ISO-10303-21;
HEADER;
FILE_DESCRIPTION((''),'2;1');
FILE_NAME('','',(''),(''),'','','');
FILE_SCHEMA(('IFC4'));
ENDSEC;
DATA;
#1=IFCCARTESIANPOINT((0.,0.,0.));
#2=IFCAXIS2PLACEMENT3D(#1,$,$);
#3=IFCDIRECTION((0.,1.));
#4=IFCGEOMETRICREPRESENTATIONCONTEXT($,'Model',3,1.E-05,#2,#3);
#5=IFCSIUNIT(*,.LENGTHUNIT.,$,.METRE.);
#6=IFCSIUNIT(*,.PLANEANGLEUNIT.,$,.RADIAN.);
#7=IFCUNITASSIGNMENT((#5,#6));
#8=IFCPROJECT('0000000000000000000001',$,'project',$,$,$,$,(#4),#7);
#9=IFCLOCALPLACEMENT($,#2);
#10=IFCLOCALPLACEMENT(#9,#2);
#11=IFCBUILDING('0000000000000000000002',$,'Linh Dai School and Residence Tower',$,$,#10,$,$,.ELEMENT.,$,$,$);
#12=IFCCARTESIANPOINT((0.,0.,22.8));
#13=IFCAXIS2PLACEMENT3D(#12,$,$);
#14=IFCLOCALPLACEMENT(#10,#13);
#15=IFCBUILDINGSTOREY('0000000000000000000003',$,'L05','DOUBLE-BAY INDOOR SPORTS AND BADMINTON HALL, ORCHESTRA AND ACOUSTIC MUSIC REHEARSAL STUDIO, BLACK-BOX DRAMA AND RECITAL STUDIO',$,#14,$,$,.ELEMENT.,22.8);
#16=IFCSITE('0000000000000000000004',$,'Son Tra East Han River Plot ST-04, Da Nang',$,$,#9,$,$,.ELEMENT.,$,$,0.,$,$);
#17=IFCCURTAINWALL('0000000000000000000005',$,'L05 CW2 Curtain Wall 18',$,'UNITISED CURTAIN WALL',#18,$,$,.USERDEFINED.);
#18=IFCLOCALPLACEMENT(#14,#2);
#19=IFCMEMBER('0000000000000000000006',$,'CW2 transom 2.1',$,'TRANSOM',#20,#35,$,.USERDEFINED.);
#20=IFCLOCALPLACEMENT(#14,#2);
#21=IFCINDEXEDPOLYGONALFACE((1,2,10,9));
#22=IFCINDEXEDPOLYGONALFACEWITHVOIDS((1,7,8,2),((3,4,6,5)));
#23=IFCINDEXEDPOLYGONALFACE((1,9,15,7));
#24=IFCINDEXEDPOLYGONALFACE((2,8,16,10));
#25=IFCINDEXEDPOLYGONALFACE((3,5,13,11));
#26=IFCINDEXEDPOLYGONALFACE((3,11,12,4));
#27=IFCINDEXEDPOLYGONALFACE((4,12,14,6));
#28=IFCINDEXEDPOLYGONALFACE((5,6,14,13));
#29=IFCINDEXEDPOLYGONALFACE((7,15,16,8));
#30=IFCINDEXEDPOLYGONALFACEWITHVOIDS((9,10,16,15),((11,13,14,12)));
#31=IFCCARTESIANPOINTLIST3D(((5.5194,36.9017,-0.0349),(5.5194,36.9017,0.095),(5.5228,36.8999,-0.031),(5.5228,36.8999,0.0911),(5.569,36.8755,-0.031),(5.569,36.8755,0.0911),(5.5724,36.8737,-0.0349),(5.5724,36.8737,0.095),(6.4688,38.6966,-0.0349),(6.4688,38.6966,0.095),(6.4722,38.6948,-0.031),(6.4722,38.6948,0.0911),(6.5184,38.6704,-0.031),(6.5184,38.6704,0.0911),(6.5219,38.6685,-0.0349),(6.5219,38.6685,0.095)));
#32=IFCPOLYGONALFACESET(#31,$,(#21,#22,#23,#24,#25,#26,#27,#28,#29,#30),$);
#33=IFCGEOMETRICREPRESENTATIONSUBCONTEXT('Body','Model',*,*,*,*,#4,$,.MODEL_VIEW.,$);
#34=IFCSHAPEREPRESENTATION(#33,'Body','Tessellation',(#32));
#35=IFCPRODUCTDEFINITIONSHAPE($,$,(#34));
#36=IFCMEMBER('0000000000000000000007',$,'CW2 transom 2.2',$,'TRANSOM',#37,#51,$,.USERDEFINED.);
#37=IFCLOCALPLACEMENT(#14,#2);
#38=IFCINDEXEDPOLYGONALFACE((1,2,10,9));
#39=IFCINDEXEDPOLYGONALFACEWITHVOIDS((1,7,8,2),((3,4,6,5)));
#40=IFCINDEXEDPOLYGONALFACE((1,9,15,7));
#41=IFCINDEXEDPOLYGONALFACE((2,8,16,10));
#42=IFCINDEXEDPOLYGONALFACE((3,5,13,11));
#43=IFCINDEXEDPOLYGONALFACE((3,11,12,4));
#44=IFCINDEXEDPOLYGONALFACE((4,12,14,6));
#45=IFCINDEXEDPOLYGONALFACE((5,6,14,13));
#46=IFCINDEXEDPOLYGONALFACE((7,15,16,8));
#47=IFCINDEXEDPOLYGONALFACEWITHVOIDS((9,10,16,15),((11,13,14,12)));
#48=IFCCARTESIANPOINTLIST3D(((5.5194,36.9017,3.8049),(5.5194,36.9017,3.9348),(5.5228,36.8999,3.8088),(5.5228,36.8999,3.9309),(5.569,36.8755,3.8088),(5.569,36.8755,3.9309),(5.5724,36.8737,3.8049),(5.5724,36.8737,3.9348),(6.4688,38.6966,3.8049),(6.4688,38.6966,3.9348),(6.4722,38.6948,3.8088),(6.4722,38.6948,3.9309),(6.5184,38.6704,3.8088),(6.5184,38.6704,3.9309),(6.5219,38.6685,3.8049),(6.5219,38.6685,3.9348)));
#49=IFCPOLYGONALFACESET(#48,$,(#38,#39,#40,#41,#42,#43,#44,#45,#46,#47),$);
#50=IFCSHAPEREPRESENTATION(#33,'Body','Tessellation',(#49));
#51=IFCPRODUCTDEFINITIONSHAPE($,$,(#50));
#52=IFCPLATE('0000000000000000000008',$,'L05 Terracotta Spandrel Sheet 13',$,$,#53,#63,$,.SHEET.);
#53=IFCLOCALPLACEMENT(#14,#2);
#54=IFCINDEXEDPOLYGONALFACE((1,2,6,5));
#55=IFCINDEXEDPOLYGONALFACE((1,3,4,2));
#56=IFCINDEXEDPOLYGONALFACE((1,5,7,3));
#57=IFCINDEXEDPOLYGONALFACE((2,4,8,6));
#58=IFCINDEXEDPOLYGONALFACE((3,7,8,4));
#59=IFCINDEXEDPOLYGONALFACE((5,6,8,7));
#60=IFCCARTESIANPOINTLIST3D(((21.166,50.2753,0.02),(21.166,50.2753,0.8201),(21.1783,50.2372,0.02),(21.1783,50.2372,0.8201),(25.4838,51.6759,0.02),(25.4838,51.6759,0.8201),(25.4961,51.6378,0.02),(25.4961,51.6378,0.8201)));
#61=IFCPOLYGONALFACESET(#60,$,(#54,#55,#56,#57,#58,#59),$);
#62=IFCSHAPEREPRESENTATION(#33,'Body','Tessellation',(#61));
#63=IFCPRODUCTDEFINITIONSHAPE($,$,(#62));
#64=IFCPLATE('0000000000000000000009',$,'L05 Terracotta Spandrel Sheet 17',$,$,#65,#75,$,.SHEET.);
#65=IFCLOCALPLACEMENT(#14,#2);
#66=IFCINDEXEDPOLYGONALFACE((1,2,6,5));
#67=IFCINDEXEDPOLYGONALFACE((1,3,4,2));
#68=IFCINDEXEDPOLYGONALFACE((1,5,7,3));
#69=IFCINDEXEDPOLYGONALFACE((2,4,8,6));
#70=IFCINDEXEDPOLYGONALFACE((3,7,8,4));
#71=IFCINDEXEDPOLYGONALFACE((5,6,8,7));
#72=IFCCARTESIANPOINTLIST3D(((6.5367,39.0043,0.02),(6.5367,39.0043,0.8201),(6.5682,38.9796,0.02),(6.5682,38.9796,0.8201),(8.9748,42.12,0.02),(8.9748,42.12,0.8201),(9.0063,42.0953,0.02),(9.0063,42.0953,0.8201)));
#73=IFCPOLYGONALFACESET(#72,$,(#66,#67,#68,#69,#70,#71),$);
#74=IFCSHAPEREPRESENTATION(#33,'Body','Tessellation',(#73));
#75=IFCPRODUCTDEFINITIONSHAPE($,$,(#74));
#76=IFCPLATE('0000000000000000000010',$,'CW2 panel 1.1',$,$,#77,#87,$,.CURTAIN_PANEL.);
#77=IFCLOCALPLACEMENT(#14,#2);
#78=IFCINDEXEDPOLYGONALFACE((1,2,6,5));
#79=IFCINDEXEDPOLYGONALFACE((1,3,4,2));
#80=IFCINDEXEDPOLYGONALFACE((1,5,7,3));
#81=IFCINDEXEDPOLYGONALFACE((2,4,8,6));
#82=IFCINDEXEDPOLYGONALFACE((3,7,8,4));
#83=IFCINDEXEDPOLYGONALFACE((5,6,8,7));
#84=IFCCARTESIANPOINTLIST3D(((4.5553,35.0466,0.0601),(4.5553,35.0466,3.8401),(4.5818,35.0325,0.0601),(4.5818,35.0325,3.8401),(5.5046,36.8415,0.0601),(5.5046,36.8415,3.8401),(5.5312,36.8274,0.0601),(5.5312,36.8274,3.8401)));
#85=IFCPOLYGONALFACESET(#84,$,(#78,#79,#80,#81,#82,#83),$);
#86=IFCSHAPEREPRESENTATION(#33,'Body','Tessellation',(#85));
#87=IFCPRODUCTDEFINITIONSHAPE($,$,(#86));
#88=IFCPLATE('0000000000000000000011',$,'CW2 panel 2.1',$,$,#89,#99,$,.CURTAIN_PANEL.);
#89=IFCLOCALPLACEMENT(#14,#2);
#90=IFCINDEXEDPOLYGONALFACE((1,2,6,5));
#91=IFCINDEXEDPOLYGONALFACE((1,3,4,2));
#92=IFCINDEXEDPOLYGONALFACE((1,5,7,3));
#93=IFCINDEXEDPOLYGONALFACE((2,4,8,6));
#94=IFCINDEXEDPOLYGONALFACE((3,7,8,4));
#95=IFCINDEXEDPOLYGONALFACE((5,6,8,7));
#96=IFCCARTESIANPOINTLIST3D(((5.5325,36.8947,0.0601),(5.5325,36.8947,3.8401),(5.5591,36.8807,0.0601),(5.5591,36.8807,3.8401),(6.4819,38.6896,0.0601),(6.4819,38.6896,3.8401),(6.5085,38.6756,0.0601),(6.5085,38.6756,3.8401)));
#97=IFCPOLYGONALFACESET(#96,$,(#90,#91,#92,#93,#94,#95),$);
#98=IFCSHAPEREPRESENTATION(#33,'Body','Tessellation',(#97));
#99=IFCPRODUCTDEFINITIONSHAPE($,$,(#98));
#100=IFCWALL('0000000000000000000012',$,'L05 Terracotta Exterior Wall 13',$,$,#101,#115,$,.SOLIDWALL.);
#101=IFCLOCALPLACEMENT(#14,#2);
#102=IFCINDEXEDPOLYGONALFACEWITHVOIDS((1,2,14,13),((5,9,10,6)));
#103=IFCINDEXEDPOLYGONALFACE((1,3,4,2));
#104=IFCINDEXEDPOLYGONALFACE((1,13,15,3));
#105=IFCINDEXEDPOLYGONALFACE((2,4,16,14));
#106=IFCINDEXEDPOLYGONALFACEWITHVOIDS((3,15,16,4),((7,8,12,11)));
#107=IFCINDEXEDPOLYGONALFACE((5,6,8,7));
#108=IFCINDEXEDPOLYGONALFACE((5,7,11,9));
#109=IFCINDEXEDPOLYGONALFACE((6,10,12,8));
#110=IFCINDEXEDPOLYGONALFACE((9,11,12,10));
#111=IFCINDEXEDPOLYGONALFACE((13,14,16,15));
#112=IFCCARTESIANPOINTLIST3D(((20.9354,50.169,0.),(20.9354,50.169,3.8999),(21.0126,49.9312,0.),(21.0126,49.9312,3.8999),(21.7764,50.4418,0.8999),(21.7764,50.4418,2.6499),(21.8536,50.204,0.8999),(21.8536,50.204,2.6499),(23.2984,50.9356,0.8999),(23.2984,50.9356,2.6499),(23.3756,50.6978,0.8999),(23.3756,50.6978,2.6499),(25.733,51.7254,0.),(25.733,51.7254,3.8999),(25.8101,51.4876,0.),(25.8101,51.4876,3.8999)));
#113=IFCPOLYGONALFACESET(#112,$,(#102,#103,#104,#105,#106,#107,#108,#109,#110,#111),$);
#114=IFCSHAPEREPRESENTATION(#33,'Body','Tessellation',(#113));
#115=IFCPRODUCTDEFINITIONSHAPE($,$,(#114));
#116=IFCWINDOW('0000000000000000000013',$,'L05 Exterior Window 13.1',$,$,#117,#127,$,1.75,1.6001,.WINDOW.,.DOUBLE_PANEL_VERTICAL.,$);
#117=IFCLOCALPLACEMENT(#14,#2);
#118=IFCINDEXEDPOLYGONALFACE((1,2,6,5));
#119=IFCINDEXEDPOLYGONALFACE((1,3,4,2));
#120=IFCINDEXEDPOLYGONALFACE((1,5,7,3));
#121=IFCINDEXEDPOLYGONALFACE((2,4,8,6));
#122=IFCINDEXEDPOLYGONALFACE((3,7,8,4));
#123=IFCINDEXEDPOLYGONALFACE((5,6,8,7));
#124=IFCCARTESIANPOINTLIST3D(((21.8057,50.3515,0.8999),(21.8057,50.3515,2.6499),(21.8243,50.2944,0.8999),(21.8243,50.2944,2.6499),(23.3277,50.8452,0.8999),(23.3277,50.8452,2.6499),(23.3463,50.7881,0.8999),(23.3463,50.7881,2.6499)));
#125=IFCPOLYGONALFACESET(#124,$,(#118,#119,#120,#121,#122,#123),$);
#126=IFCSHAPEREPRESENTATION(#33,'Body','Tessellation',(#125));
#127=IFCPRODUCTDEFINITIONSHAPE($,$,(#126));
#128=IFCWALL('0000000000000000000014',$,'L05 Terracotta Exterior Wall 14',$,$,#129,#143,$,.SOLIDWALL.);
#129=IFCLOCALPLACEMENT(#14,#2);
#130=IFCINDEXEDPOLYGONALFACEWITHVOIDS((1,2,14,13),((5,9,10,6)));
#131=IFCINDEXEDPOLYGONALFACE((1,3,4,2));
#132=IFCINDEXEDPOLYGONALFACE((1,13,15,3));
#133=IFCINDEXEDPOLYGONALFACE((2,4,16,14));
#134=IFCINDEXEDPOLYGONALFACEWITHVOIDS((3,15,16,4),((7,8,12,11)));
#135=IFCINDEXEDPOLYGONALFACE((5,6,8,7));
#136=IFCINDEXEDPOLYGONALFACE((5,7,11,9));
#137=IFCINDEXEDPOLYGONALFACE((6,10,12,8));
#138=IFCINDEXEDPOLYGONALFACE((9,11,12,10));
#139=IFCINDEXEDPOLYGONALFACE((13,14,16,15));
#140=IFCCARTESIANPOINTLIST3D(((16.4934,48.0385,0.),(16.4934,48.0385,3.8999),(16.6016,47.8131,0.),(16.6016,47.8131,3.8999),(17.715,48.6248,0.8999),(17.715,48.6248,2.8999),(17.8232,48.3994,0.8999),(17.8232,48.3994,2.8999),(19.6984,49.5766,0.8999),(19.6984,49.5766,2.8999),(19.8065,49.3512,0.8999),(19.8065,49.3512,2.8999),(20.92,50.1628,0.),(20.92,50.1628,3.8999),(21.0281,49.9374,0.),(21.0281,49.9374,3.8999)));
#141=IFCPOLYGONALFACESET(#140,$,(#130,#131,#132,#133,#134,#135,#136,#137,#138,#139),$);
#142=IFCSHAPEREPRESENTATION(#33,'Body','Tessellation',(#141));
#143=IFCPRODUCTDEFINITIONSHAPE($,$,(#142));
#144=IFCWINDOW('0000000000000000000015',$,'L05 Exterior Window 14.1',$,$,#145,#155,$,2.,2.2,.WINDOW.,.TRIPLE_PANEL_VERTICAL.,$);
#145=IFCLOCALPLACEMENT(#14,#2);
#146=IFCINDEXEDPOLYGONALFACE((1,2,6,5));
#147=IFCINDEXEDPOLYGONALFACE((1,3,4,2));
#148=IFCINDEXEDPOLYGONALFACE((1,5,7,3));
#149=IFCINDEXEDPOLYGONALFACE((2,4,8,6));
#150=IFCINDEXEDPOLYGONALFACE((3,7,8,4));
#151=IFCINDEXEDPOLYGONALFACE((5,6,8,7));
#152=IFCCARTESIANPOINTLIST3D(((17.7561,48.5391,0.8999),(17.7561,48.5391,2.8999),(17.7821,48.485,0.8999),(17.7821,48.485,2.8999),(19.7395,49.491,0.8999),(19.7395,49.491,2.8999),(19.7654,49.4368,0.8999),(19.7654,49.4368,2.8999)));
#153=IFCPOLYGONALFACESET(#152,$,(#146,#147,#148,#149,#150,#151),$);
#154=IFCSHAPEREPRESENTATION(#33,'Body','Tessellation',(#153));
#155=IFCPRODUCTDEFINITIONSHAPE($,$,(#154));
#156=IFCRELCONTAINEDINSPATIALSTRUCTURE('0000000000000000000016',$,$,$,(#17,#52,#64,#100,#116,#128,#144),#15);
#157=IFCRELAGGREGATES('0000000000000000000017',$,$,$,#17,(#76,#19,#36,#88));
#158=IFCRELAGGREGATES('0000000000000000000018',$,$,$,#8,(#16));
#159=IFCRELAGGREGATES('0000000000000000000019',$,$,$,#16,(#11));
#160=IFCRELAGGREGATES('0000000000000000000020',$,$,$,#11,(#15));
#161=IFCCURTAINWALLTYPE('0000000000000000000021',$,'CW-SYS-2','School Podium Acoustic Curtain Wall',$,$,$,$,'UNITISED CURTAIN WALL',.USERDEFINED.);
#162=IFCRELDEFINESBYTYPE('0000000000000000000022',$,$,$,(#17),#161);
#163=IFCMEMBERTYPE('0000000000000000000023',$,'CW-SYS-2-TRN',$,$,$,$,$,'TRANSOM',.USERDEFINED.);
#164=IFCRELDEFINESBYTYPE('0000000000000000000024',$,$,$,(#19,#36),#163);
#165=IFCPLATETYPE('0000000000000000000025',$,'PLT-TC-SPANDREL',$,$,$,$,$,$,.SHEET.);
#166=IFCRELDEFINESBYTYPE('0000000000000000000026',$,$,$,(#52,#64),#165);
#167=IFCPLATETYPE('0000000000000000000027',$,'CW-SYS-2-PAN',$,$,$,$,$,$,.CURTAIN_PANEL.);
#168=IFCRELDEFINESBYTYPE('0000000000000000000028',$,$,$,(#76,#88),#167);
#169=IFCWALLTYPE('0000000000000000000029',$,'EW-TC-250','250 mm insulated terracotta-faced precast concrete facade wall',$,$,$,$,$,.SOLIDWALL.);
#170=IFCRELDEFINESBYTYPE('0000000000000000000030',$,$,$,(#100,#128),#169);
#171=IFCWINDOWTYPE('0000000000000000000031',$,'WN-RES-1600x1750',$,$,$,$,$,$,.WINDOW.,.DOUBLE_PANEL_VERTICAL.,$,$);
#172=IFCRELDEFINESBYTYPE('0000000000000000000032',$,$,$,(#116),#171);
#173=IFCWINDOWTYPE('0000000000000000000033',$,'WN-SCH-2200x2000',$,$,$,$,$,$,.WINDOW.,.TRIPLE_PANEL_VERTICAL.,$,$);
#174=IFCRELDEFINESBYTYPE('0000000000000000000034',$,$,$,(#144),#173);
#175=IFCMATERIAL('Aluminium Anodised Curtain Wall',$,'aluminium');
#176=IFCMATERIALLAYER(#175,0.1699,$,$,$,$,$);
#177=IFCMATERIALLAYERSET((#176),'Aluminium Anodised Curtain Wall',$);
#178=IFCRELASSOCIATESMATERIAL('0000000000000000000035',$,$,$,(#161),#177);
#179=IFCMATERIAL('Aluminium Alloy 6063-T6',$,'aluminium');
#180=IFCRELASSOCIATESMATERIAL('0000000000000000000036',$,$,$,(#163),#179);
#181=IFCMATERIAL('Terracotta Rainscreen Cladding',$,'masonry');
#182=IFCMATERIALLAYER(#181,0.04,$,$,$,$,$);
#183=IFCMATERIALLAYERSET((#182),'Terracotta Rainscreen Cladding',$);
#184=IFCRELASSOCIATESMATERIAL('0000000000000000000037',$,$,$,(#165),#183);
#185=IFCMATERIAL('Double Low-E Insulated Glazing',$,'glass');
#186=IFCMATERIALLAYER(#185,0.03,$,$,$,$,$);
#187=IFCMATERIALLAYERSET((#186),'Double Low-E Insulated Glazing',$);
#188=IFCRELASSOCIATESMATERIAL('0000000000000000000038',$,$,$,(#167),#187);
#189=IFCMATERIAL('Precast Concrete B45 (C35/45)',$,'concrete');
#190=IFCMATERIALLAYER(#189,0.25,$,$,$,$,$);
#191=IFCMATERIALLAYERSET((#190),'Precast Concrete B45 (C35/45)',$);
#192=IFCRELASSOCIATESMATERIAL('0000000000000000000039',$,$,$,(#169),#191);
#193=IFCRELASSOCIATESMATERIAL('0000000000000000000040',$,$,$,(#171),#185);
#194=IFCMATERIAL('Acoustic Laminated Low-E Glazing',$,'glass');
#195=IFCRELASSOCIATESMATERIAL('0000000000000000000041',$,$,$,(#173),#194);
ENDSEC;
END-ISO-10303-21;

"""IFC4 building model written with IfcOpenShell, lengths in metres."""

from ifc_helpers import new_model, si_unit, direction, frame, frame_2d, origin, origin_2d, place, context, subcontext, project, spatial, rectangle, hollow_rectangle, extrude, source, transform, mapped, material, layer, layer_set, material_profile, profile_set, type_object, element, fill, aggregate, save


model = new_model("IFC4")

# Units and contexts
model_context = context("Model", 3, precision=1e-05, world=origin(), true_north=direction((0.0, 1.0)))
body_context = subcontext(model_context, "Body", "Model", "MODEL_VIEW")
ifc_project = project(units=[si_unit("LENGTHUNIT", "METRE"), si_unit("PLANEANGLEUNIT", "RADIAN")], contexts=[model_context])

# Site, building, storey
site_placement = place(None, origin())
site = spatial("IfcSite", under=ifc_project, at=site_placement, Name="Son Tra East Han River Plot ST-04, Da Nang", CompositionType="ELEMENT", RefElevation=0.0)
building_placement = place(site_placement, origin())
building = spatial("IfcBuilding", under=site, at=building_placement, Name="Linh Dai School and Residence Tower", CompositionType="ELEMENT")
storey_placement = place(building_placement, frame((0.0, 0.0, 22.8)))
storey = spatial("IfcBuildingStorey", under=building, at=storey_placement, Name="L05", Description="DOUBLE-BAY INDOOR SPORTS AND BADMINTON HALL, ORCHESTRA AND ACOUSTIC MUSIC REHEARSAL STUDIO, BLACK-BOX DRAMA AND RECITAL STUDIO", CompositionType="ELEMENT", Elevation=22.8)

# Curtain wall, members
ifc_material_1 = material(Name="Aluminium Anodised Curtain Wall", Category="aluminium")
ifc_layer_1 = layer(ifc_material_1, 0.1699)
ifc_layer_set_1 = layer_set([ifc_layer_1], Name="Aluminium Anodised Curtain Wall")
curtain_wall_type = type_object("IfcCurtainWallType", Name="CW-SYS-2", Description="School Podium Acoustic Curtain Wall", ElementType="UNITISED CURTAIN WALL", PredefinedType="USERDEFINED", material=ifc_layer_set_1)
curtain_wall_placement = place(storey_placement, origin())
curtain_wall = element("IfcCurtainWall", 1, at=curtain_wall_placement, inside=storey, type_object=curtain_wall_type, Name="L05 CW2 Curtain Wall 18", ObjectType="UNITISED CURTAIN WALL", PredefinedType="USERDEFINED")
ifc_material_2 = material(Name="Aluminium Alloy 6063-T6", Category="aluminium")
ifc_material_profile_1 = material_profile(ifc_material_2, hollow_rectangle(XDim=0.0601, YDim=0.1299, WallThickness=0.0039, at=origin_2d()), Name="RHS 130x60x4")
ifc_profile_set_1 = profile_set([ifc_material_profile_1], Name="Aluminium Alloy 6063-T6")
member_type_1 = type_object("IfcMemberType", Name="CW-SYS-2-TRN", ElementType="TRANSOM", PredefinedType="USERDEFINED", material=ifc_profile_set_1)
shared_shape_1 = source(origin(), body_context, "Body", "SweptSolid", [
    extrude(hollow_rectangle(XDim=0.0601, YDim=0.1299, WallThickness=0.0039, at=origin_2d()), origin(), (0.0, 0.0, 1.0), 2.0305),
])
member_1_placement = place(storey_placement, frame((5.5459, 36.8877, 0.03), z_axis=(0.467584, 0.883949, 0.0), x_axis=(-0.883949, 0.467584, 0.0)))
member_1 = element("IfcMember", 2, at=member_1_placement, type_object=member_type_1, Name="CW2 transom 2.1", ObjectType="TRANSOM", PredefinedType="USERDEFINED", context=body_context, shape_type="MappedRepresentation", body=[
    mapped(shared_shape_1, transform((0.0, 0.0, 0.0), x_axis=(1.0, 0.0, 0.0), y_axis=(0.0, 1.0, 0.0), z_axis=(0.0, 0.0, 1.0), scale=1.0)),
])
member_2_placement = place(storey_placement, frame((5.5459, 36.8877, 3.8699), z_axis=(0.467584, 0.883949, 0.0), x_axis=(-0.883949, 0.467584, 0.0)))
member_2 = element("IfcMember", 3, at=member_2_placement, type_object=member_type_1, Name="CW2 transom 2.2", ObjectType="TRANSOM", PredefinedType="USERDEFINED", context=body_context, shape_type="MappedRepresentation", body=[
    mapped(shared_shape_1, transform((0.0, 0.0, 0.0), x_axis=(1.0, 0.0, 0.0), y_axis=(0.0, 1.0, 0.0), z_axis=(0.0, 0.0, 1.0), scale=1.0)),
])

# Plates
ifc_material_3 = material(Name="Terracotta Rainscreen Cladding", Category="masonry")
ifc_layer_2 = layer(ifc_material_3, 0.04)
ifc_layer_set_2 = layer_set([ifc_layer_2], Name="Terracotta Rainscreen Cladding")
plate_type_1 = type_object("IfcPlateType", Name="PLT-TC-SPANDREL", PredefinedType="SHEET", material=ifc_layer_set_2)
shared_shape_2 = source(origin(), body_context, "Body", "SweptSolid", [
    extrude(rectangle(XDim=4.5393, YDim=0.04, at=origin_2d()), origin(), (0.0, 0.0, 1.0), 0.8),
])
plate_1_placement = place(storey_placement, frame((23.3311, 50.9565, 0.02), z_axis=(0.0, 0.0, 1.0), x_axis=(0.951207, 0.308554, 0.0)))
element("IfcPlate", 4, at=plate_1_placement, inside=storey, type_object=plate_type_1, Name="L05 Terracotta Spandrel Sheet 13", PredefinedType="SHEET", context=body_context, shape_type="MappedRepresentation", body=[
    mapped(shared_shape_2, transform((0.0, 0.0, 0.0), x_axis=(1.0, 0.0, 0.0), y_axis=(0.0, 1.0, 0.0), z_axis=(0.0, 0.0, 1.0), scale=1.0)),
])
shared_shape_3 = source(origin(), body_context, "Body", "SweptSolid", [
    extrude(rectangle(XDim=3.9563, YDim=0.04, at=origin_2d()), origin(), (0.0, 0.0, 1.0), 0.8),
])
plate_2_placement = place(storey_placement, frame((7.7715, 40.5498, 0.02), z_axis=(0.0, 0.0, 1.0), x_axis=(0.61626, 0.787543, 0.0)))
element("IfcPlate", 5, at=plate_2_placement, inside=storey, type_object=plate_type_1, Name="L05 Terracotta Spandrel Sheet 17", PredefinedType="SHEET", context=body_context, shape_type="MappedRepresentation", body=[
    mapped(shared_shape_3, transform((0.0, 0.0, 0.0), x_axis=(1.0, 0.0, 0.0), y_axis=(0.0, 1.0, 0.0), z_axis=(0.0, 0.0, 1.0), scale=1.0)),
])

# Plates
ifc_material_4 = material(Name="Double Low-E Insulated Glazing", Category="glass")
ifc_layer_3 = layer(ifc_material_4, 0.03)
ifc_layer_set_3 = layer_set([ifc_layer_3], Name="Double Low-E Insulated Glazing")
plate_type_2 = type_object("IfcPlateType", Name="CW-SYS-2-PAN", PredefinedType="CURTAIN_PANEL", material=ifc_layer_set_3)
shared_shape_4 = source(origin(), body_context, "Body", "SweptSolid", [
    extrude(rectangle(XDim=2.0305, YDim=0.03, at=origin_2d()), origin(), (0.0, 0.0, 1.0), 3.78),
])
plate_3_placement = place(storey_placement, frame((5.0432, 35.937, 0.0601), z_axis=(0.0, 0.0, 1.0), x_axis=(0.467555, 0.883964, 0.0)))
plate_3 = element("IfcPlate", 6, at=plate_3_placement, type_object=plate_type_2, Name="CW2 panel 1.1", PredefinedType="CURTAIN_PANEL", context=body_context, shape_type="MappedRepresentation", body=[
    mapped(shared_shape_4, transform((0.0, 0.0, 0.0), x_axis=(1.0, 0.0, 0.0), y_axis=(0.0, 1.0, 0.0), z_axis=(0.0, 0.0, 1.0), scale=1.0)),
])
plate_4_placement = place(storey_placement, frame((6.0205, 37.7852, 0.0601), z_axis=(0.0, 0.0, 1.0), x_axis=(0.467555, 0.883964, 0.0)))
plate_4 = element("IfcPlate", 7, at=plate_4_placement, type_object=plate_type_2, Name="CW2 panel 2.1", PredefinedType="CURTAIN_PANEL", context=body_context, shape_type="MappedRepresentation", body=[
    mapped(shared_shape_4, transform((0.0, 0.0, 0.0), x_axis=(1.0, 0.0, 0.0), y_axis=(0.0, 1.0, 0.0), z_axis=(0.0, 0.0, 1.0), scale=1.0)),
])
aggregate(curtain_wall, [plate_3, member_1, member_2, plate_4])

# Walls, openings, windows
ifc_material_5 = material(Name="Precast Concrete B45 (C35/45)", Category="concrete")
ifc_layer_4 = layer(ifc_material_5, 0.25)
ifc_layer_set_4 = layer_set([ifc_layer_4], Name="Precast Concrete B45 (C35/45)")
wall_type_1 = type_object("IfcWallType", Name="EW-TC-250", Description="250 mm insulated terracotta-faced precast concrete facade wall", PredefinedType="SOLIDWALL", material=ifc_layer_set_4)
wall_1_placement = place(storey_placement, frame((20.9739, 50.05, 0.0), z_axis=(0.0, 0.0, 1.0), x_axis=(0.951199, 0.308579, 0.0)))
wall_1 = element("IfcWall", 8, at=wall_1_placement, inside=storey, type_object=wall_type_1, Name="L05 Terracotta Exterior Wall 13", PredefinedType="SOLIDWALL", context=body_context, shape_type="SweptSolid", body=[
    extrude(rectangle(XDim=5.0437, YDim=0.25, at=frame_2d((2.522, 0.0))), origin(), (0.0, 0.0, 1.0), 3.8999),
])
opening_1_placement = place(wall_1_placement, frame((0.8843, 0.0, 0.8999)))
opening_1 = element("IfcOpeningElement", 9, at=opening_1_placement, cuts=wall_1, PredefinedType="OPENING", context=body_context, shape_type="SweptSolid", body=[
    extrude(rectangle(XDim=1.6001, YDim=1.75, at=origin_2d()), frame((0.8, 0.135, 0.875), z_axis=(0.0, -1.0, 0.0), x_axis=(1.0, 0.0, 0.0)), (0.0, 0.0, 1.0), 0.27),
])
window_type_1 = type_object("IfcWindowType", Name="WN-RES-1600x1750", PartitioningType="DOUBLE_PANEL_VERTICAL", PredefinedType="WINDOW", material=ifc_material_4)
shared_shape_5 = source(origin(), body_context, "Body", "SweptSolid", [
    extrude(rectangle(XDim=1.6001, YDim=1.75, at=origin_2d()), frame((0.8, 0.03, 0.875), z_axis=(0.0, -1.0, 0.0), x_axis=(1.0, 0.0, 0.0)), (0.0, 0.0, 1.0), 0.0601),
])
window_1_placement = place(opening_1_placement, origin())
window_1 = element("IfcWindow", 10, at=window_1_placement, inside=storey, type_object=window_type_1, Name="L05 Exterior Window 13.1", OverallHeight=1.75, OverallWidth=1.6001, PartitioningType="DOUBLE_PANEL_VERTICAL", PredefinedType="WINDOW", context=body_context, shape_type="MappedRepresentation", body=[
    mapped(shared_shape_5, transform((0.0, 0.0, 0.0), x_axis=(1.0, 0.0, 0.0), y_axis=(0.0, 1.0, 0.0), z_axis=(0.0, 0.0, 1.0), scale=1.0)),
])
fill(opening_1, window_1)
wall_2_placement = place(storey_placement, frame((16.5474, 47.9258, 0.0), z_axis=(0.0, 0.0, 1.0), x_axis=(0.90156, 0.432655, 0.0)))
wall_2 = element("IfcWall", 11, at=wall_2_placement, inside=storey, type_object=wall_type_1, Name="L05 Terracotta Exterior Wall 14", PredefinedType="SOLIDWALL", context=body_context, shape_type="SweptSolid", body=[
    extrude(rectangle(XDim=4.9099, YDim=0.25, at=frame_2d((2.4551, 0.0))), origin(), (0.0, 0.0, 1.0), 3.8999),
])
opening_2_placement = place(wall_2_placement, frame((1.355, 0.0, 0.8999)))
opening_2 = element("IfcOpeningElement", 12, at=opening_2_placement, cuts=wall_2, PredefinedType="OPENING", context=body_context, shape_type="SweptSolid", body=[
    extrude(rectangle(XDim=2.2, YDim=2.0, at=origin_2d()), frame((1.1001, 0.135, 1.0), z_axis=(0.0, -1.0, 0.0), x_axis=(1.0, 0.0, 0.0)), (0.0, 0.0, 1.0), 0.27),
])
ifc_material_6 = material(Name="Acoustic Laminated Low-E Glazing", Category="glass")
window_type_2 = type_object("IfcWindowType", Name="WN-SCH-2200x2000", PartitioningType="TRIPLE_PANEL_VERTICAL", PredefinedType="WINDOW", material=ifc_material_6)
shared_shape_6 = source(origin(), body_context, "Body", "SweptSolid", [
    extrude(rectangle(XDim=2.2, YDim=2.0, at=origin_2d()), frame((1.1001, 0.03, 1.0), z_axis=(0.0, -1.0, 0.0), x_axis=(1.0, 0.0, 0.0)), (0.0, 0.0, 1.0), 0.0601),
])
window_2_placement = place(opening_2_placement, origin())
window_2 = element("IfcWindow", 13, at=window_2_placement, inside=storey, type_object=window_type_2, Name="L05 Exterior Window 14.1", OverallHeight=2.0, OverallWidth=2.2, PartitioningType="TRIPLE_PANEL_VERTICAL", PredefinedType="WINDOW", context=body_context, shape_type="MappedRepresentation", body=[
    mapped(shared_shape_6, transform((0.0, 0.0, 0.0), x_axis=(1.0, 0.0, 0.0), y_axis=(0.0, 1.0, 0.0), z_axis=(0.0, 0.0, 1.0), scale=1.0)),
])
fill(opening_2, window_2)

save(model, "model.ifc")
